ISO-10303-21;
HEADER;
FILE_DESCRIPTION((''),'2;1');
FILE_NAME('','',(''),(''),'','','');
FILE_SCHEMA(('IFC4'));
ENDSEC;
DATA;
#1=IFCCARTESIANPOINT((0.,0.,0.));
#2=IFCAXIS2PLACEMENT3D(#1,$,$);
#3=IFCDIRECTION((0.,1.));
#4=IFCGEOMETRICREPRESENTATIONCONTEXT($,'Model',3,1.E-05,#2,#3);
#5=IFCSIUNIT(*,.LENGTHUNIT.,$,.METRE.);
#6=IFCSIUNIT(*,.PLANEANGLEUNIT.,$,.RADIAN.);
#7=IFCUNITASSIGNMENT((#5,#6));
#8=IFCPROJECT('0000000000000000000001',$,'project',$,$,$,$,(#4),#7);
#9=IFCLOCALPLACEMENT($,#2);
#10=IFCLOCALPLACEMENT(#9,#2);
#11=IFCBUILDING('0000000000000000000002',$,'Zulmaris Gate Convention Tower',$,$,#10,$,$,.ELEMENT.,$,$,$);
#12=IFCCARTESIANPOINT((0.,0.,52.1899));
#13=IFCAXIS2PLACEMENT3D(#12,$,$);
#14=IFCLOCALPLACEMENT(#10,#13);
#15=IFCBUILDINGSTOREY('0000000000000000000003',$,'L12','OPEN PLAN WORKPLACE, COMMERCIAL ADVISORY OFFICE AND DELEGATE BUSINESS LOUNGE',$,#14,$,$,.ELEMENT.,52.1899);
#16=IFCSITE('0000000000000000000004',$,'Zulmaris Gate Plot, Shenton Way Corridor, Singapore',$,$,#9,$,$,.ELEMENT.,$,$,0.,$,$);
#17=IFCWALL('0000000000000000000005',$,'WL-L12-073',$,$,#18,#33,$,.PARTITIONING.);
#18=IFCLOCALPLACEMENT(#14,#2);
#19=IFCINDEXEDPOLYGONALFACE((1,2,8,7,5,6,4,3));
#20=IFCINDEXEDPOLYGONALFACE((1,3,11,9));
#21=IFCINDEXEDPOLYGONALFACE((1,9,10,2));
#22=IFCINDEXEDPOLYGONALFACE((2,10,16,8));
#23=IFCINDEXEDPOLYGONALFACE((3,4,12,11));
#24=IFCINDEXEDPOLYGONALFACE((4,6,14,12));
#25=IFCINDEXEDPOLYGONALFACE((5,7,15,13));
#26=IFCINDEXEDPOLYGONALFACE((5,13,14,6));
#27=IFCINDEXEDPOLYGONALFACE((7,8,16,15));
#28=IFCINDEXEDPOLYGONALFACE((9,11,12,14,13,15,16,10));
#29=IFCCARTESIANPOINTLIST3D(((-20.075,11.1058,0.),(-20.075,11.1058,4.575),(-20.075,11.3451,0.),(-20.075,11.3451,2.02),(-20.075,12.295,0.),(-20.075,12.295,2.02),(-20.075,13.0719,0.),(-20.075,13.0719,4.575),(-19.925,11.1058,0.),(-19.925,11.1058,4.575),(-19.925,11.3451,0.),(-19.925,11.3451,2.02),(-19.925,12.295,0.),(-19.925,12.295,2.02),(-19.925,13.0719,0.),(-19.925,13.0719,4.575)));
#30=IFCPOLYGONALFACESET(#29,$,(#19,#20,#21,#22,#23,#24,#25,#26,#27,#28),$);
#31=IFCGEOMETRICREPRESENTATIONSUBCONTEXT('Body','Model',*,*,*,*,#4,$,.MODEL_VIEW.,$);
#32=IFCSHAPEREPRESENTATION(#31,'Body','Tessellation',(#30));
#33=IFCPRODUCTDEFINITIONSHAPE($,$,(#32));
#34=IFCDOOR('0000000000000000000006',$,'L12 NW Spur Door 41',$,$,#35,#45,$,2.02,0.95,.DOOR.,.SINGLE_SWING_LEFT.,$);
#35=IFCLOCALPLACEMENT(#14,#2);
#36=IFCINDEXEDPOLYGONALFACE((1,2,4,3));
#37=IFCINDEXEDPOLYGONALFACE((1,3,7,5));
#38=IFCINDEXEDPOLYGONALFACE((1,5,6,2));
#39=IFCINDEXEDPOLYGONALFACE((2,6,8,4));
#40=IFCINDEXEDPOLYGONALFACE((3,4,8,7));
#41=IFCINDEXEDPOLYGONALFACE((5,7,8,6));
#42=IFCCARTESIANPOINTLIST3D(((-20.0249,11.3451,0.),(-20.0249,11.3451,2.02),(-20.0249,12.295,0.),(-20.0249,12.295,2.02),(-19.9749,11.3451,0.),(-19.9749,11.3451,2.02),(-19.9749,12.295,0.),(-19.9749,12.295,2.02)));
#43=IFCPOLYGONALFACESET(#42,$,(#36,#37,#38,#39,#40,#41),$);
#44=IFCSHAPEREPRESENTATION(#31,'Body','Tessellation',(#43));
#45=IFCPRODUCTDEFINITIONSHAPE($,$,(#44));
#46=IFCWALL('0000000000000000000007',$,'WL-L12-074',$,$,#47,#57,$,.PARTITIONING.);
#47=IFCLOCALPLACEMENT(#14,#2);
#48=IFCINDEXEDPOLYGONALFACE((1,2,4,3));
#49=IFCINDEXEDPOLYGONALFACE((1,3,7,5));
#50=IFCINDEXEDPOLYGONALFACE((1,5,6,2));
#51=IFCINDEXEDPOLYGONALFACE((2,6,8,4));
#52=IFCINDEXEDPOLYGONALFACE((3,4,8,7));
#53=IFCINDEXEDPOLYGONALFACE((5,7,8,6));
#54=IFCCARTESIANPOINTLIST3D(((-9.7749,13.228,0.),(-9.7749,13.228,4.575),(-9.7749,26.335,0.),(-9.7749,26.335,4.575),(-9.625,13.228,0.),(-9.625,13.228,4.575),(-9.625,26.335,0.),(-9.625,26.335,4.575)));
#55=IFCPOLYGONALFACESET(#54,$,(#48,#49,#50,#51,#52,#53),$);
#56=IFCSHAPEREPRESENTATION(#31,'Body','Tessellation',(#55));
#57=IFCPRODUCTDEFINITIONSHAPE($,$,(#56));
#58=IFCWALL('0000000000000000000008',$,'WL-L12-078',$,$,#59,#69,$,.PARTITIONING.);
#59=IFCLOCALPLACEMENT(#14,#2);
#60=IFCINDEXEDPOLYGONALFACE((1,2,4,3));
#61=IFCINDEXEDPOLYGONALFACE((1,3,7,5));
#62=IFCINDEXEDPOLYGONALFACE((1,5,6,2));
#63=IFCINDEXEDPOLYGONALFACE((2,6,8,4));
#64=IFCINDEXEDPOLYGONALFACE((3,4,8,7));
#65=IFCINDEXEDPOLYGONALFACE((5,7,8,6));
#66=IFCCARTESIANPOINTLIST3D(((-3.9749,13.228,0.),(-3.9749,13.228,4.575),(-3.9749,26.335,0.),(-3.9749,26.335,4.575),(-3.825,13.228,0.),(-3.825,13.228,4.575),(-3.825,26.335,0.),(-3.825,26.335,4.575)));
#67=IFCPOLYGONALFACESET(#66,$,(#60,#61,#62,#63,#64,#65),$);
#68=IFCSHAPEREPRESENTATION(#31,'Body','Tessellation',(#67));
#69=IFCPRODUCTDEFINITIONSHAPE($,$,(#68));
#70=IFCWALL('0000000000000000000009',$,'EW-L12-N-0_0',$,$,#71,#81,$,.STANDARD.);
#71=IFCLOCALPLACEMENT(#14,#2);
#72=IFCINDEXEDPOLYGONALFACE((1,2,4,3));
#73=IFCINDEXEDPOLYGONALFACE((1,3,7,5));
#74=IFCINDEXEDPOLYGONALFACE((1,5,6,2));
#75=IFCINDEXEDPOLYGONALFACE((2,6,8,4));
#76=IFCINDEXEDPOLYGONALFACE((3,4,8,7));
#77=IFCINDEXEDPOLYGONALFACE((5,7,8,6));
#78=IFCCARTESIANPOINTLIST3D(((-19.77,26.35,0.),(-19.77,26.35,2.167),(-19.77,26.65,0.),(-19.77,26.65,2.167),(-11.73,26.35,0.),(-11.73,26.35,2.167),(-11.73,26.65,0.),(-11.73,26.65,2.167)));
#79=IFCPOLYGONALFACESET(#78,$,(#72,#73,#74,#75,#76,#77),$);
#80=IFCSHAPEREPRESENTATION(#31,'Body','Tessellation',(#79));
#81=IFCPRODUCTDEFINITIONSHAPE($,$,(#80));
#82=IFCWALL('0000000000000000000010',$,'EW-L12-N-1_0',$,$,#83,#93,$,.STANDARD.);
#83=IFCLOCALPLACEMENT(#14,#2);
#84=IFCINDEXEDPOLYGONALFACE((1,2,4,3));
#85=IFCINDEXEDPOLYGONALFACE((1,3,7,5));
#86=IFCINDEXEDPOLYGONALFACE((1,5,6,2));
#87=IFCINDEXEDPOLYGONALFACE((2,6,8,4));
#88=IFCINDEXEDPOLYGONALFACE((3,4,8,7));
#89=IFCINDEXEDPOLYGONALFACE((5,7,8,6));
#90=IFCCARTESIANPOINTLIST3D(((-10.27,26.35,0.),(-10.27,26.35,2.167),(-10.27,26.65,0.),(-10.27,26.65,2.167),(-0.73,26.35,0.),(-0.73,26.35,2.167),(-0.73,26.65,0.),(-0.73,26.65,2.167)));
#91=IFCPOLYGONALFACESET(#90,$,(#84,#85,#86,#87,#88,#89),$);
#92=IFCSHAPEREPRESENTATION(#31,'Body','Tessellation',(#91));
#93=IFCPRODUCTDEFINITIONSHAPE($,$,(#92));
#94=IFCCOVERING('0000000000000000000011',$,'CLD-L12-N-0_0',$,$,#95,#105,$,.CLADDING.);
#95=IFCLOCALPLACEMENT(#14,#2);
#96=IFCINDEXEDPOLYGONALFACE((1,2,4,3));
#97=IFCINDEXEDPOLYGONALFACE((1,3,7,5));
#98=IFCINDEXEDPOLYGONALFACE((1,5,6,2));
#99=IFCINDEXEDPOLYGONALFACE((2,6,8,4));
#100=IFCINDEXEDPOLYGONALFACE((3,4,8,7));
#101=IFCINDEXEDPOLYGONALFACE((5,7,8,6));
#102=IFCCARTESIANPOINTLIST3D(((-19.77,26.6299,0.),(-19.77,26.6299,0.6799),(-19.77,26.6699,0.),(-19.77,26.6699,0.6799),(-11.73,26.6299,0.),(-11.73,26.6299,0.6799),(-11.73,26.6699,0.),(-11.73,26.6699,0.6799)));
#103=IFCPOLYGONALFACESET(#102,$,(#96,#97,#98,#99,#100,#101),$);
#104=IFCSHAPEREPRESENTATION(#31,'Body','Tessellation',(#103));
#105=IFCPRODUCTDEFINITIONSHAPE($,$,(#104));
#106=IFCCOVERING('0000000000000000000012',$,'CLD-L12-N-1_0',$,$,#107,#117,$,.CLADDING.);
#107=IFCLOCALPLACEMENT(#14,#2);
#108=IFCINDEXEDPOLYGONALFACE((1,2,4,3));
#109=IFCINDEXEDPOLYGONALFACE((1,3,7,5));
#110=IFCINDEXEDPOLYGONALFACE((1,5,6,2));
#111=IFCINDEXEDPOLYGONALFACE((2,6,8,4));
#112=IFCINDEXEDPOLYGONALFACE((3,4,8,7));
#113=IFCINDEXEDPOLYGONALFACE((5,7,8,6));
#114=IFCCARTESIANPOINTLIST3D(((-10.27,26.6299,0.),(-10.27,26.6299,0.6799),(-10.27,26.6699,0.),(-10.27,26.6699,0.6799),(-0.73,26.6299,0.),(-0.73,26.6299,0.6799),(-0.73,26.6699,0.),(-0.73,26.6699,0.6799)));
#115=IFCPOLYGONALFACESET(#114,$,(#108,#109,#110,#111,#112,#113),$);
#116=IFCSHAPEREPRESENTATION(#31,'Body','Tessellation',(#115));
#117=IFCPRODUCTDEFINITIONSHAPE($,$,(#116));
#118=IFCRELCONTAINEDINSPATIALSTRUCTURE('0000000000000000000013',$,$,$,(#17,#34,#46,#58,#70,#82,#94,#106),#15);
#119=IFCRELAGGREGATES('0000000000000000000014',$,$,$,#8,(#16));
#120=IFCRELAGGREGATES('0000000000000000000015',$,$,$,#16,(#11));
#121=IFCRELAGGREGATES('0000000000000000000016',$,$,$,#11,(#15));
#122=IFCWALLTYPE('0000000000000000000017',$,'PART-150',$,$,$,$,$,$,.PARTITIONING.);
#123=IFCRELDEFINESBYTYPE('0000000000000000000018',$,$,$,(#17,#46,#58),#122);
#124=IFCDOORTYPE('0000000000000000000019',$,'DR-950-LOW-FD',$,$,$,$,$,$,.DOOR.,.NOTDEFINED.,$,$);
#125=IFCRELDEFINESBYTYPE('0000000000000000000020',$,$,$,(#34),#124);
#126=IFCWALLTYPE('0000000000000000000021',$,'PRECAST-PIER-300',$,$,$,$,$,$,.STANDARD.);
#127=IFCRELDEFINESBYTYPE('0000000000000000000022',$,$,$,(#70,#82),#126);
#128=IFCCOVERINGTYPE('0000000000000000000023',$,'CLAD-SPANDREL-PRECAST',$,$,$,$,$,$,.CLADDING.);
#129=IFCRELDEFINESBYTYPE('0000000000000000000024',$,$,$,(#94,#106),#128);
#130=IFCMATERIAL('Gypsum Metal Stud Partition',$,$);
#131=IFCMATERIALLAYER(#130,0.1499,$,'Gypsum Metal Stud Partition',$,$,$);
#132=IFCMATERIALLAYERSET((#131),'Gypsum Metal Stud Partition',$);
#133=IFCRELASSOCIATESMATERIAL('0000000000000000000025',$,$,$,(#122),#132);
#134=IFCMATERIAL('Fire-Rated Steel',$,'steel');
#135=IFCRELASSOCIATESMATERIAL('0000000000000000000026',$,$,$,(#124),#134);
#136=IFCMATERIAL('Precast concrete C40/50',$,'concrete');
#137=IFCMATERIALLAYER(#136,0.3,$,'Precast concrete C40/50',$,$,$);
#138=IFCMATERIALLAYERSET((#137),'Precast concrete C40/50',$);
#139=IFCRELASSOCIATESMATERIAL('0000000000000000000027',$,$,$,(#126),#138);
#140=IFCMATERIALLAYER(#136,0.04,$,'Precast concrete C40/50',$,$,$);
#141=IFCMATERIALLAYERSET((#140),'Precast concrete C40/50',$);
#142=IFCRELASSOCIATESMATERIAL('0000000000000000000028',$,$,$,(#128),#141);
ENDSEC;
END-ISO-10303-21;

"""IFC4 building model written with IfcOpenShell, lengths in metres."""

from ifc_helpers import new_model, si_unit, direction, frame, frame_2d, origin, place, context, subcontext, project, spatial, rectangle, extrude, material, layer, layer_set, type_object, element, fill, save


model = new_model("IFC4")

# Units and contexts
model_context = context("Model", 3, precision=1e-05, world=origin(), true_north=direction((0.0, 1.0)))
body_context = subcontext(model_context, "Body", "Model", "MODEL_VIEW")
ifc_project = project(units=[si_unit("LENGTHUNIT", "METRE"), si_unit("PLANEANGLEUNIT", "RADIAN")], contexts=[model_context])

# Site, building, storey
site_placement = place(None, origin())
site = spatial("IfcSite", under=ifc_project, at=site_placement, Name="Zulmaris Gate Plot, Shenton Way Corridor, Singapore", CompositionType="ELEMENT", RefElevation=0.0)
building_placement = place(site_placement, origin())
building = spatial("IfcBuilding", under=site, at=building_placement, Name="Zulmaris Gate Convention Tower", CompositionType="ELEMENT")
storey_placement = place(building_placement, frame((0.0, 0.0, 52.1899)))
storey = spatial("IfcBuildingStorey", under=building, at=storey_placement, Name="L12", Description="OPEN PLAN WORKPLACE, COMMERCIAL ADVISORY OFFICE AND DELEGATE BUSINESS LOUNGE", CompositionType="ELEMENT", Elevation=52.1899)

# Shared definitions
ifc_material_1 = material(Name="Fire-Rated Steel", Category="steel")

# Shared definitions
ifc_material_2 = material(Name="Gypsum Metal Stud Partition")
ifc_layer_1 = layer(ifc_material_2, 0.1499, Name="Gypsum Metal Stud Partition")
ifc_layer_set_1 = layer_set([ifc_layer_1], Name="Gypsum Metal Stud Partition")
wall_type_1 = type_object("IfcWallType", Name="PART-150", PredefinedType="PARTITIONING", material=ifc_layer_set_1)

# Wall, opening, door
wall_1_placement = place(storey_placement, frame((-20.0, 11.106, 0.0), z_axis=(0.0, 0.0, 1.0), x_axis=(0.0, 1.0, 0.0)))
wall_1 = element("IfcWall", 1, at=wall_1_placement, inside=storey, type_object=wall_type_1, Name="WL-L12-073", PredefinedType="PARTITIONING", context=body_context, shape_type="SweptSolid", body=[
    extrude(rectangle(XDim=1.9661, YDim=0.1499, at=frame_2d((0.9829, 0.0))), origin(), (0.0, 0.0, 1.0), 4.575),
])
opening_1_placement = place(wall_1_placement, frame((0.239, 0.0, 0.0)))
opening_1 = element("IfcOpeningElement", 2, at=opening_1_placement, cuts=wall_1, PredefinedType="OPENING", context=body_context, shape_type="SweptSolid", body=[
    extrude(rectangle(XDim=0.95, YDim=2.02, at=frame_2d((0.4751, 1.01))), frame((0.0, 0.085, 0.0), z_axis=(0.0, -1.0, 0.0), x_axis=(1.0, 0.0, 0.0)), (0.0, 0.0, 1.0), 0.1699),
])
door_type_1 = type_object("IfcDoorType", Name="DR-950-LOW-FD", OperationType="NOTDEFINED", PredefinedType="DOOR", material=ifc_material_1)
door_1_placement = place(opening_1_placement, origin())
door_1 = element("IfcDoor", 3, at=door_1_placement, inside=storey, type_object=door_type_1, Name="L12 NW Spur Door 41", OperationType="SINGLE_SWING_LEFT", OverallHeight=2.02, OverallWidth=0.95, PredefinedType="DOOR", context=body_context, shape_type="SweptSolid", body=[
    extrude(rectangle(XDim=0.95, YDim=2.02, at=frame_2d((0.4751, 1.01))), frame((0.0, 0.0249, 0.0), z_axis=(0.0, -1.0, 0.0), x_axis=(1.0, 0.0, 0.0)), (0.0, 0.0, 1.0), 0.05),
])
fill(opening_1, door_1)

# Walls
for number, where, z_axis, x_axis, name in (
    (4, (-9.7, 13.228, 0.0), (0.0, 0.0, 1.0), (0.0, 1.0, 0.0), "WL-L12-074"),
    (5, (-3.8999, 13.228, 0.0), (0.0, 0.0, 1.0), (0.0, 1.0, 0.0), "WL-L12-078"),
):
    element("IfcWall", number, at=place(storey_placement, frame(where, z_axis=z_axis, x_axis=x_axis)), inside=storey, type_object=wall_type_1, Name=name, PredefinedType="PARTITIONING", context=body_context, shape_type="SweptSolid", body=[
        extrude(rectangle(XDim=13.1069, YDim=0.1499, at=frame_2d((6.5535, 0.0))), origin(), (0.0, 0.0, 1.0), 4.575),
    ])
ifc_material_3 = material(Name="Precast concrete C40/50", Category="concrete")
ifc_layer_2 = layer(ifc_material_3, 0.3, Name="Precast concrete C40/50")
ifc_layer_set_2 = layer_set([ifc_layer_2], Name="Precast concrete C40/50")
wall_type_2 = type_object("IfcWallType", Name="PRECAST-PIER-300", PredefinedType="STANDARD", material=ifc_layer_set_2)
wall_2_placement = place(storey_placement, frame((-11.73, 26.5, 0.0), z_axis=(0.0, 0.0, 1.0), x_axis=(-1.0, 0.0, 0.0)))
element("IfcWall", 6, at=wall_2_placement, inside=storey, type_object=wall_type_2, Name="EW-L12-N-0_0", PredefinedType="STANDARD", context=body_context, shape_type="SweptSolid", body=[
    extrude(rectangle(XDim=8.04, YDim=0.3, at=frame_2d((4.02, 0.0))), origin(), (0.0, 0.0, 1.0), 2.167),
])
wall_3_placement = place(storey_placement, frame((-0.73, 26.5, 0.0), z_axis=(0.0, 0.0, 1.0), x_axis=(-1.0, 0.0, 0.0)))
element("IfcWall", 7, at=wall_3_placement, inside=storey, type_object=wall_type_2, Name="EW-L12-N-1_0", PredefinedType="STANDARD", context=body_context, shape_type="SweptSolid", body=[
    extrude(rectangle(XDim=9.54, YDim=0.3, at=frame_2d((4.77, 0.0))), origin(), (0.0, 0.0, 1.0), 2.167),
])

# Coverings
ifc_layer_3 = layer(ifc_material_3, 0.04, Name="Precast concrete C40/50")
ifc_layer_set_3 = layer_set([ifc_layer_3], Name="Precast concrete C40/50")
covering_type = type_object("IfcCoveringType", Name="CLAD-SPANDREL-PRECAST", PredefinedType="CLADDING", material=ifc_layer_set_3)
covering_1_placement = place(storey_placement, frame((-11.73, 26.6499, 0.0), z_axis=(0.0, 0.0, 1.0), x_axis=(-1.0, 0.0, 0.0)))
element("IfcCovering", 8, at=covering_1_placement, inside=storey, type_object=covering_type, Name="CLD-L12-N-0_0", PredefinedType="CLADDING", context=body_context, shape_type="SweptSolid", body=[
    extrude(rectangle(XDim=8.04, YDim=0.04, at=frame_2d((4.02, 0.0))), origin(), (0.0, 0.0, 1.0), 0.6799),
])
covering_2_placement = place(storey_placement, frame((-0.73, 26.6499, 0.0), z_axis=(0.0, 0.0, 1.0), x_axis=(-1.0, 0.0, 0.0)))
element("IfcCovering", 9, at=covering_2_placement, inside=storey, type_object=covering_type, Name="CLD-L12-N-1_0", PredefinedType="CLADDING", context=body_context, shape_type="SweptSolid", body=[
    extrude(rectangle(XDim=9.54, YDim=0.04, at=frame_2d((4.77, 0.0))), origin(), (0.0, 0.0, 1.0), 0.6799),
])

save(model, "model.ifc")
